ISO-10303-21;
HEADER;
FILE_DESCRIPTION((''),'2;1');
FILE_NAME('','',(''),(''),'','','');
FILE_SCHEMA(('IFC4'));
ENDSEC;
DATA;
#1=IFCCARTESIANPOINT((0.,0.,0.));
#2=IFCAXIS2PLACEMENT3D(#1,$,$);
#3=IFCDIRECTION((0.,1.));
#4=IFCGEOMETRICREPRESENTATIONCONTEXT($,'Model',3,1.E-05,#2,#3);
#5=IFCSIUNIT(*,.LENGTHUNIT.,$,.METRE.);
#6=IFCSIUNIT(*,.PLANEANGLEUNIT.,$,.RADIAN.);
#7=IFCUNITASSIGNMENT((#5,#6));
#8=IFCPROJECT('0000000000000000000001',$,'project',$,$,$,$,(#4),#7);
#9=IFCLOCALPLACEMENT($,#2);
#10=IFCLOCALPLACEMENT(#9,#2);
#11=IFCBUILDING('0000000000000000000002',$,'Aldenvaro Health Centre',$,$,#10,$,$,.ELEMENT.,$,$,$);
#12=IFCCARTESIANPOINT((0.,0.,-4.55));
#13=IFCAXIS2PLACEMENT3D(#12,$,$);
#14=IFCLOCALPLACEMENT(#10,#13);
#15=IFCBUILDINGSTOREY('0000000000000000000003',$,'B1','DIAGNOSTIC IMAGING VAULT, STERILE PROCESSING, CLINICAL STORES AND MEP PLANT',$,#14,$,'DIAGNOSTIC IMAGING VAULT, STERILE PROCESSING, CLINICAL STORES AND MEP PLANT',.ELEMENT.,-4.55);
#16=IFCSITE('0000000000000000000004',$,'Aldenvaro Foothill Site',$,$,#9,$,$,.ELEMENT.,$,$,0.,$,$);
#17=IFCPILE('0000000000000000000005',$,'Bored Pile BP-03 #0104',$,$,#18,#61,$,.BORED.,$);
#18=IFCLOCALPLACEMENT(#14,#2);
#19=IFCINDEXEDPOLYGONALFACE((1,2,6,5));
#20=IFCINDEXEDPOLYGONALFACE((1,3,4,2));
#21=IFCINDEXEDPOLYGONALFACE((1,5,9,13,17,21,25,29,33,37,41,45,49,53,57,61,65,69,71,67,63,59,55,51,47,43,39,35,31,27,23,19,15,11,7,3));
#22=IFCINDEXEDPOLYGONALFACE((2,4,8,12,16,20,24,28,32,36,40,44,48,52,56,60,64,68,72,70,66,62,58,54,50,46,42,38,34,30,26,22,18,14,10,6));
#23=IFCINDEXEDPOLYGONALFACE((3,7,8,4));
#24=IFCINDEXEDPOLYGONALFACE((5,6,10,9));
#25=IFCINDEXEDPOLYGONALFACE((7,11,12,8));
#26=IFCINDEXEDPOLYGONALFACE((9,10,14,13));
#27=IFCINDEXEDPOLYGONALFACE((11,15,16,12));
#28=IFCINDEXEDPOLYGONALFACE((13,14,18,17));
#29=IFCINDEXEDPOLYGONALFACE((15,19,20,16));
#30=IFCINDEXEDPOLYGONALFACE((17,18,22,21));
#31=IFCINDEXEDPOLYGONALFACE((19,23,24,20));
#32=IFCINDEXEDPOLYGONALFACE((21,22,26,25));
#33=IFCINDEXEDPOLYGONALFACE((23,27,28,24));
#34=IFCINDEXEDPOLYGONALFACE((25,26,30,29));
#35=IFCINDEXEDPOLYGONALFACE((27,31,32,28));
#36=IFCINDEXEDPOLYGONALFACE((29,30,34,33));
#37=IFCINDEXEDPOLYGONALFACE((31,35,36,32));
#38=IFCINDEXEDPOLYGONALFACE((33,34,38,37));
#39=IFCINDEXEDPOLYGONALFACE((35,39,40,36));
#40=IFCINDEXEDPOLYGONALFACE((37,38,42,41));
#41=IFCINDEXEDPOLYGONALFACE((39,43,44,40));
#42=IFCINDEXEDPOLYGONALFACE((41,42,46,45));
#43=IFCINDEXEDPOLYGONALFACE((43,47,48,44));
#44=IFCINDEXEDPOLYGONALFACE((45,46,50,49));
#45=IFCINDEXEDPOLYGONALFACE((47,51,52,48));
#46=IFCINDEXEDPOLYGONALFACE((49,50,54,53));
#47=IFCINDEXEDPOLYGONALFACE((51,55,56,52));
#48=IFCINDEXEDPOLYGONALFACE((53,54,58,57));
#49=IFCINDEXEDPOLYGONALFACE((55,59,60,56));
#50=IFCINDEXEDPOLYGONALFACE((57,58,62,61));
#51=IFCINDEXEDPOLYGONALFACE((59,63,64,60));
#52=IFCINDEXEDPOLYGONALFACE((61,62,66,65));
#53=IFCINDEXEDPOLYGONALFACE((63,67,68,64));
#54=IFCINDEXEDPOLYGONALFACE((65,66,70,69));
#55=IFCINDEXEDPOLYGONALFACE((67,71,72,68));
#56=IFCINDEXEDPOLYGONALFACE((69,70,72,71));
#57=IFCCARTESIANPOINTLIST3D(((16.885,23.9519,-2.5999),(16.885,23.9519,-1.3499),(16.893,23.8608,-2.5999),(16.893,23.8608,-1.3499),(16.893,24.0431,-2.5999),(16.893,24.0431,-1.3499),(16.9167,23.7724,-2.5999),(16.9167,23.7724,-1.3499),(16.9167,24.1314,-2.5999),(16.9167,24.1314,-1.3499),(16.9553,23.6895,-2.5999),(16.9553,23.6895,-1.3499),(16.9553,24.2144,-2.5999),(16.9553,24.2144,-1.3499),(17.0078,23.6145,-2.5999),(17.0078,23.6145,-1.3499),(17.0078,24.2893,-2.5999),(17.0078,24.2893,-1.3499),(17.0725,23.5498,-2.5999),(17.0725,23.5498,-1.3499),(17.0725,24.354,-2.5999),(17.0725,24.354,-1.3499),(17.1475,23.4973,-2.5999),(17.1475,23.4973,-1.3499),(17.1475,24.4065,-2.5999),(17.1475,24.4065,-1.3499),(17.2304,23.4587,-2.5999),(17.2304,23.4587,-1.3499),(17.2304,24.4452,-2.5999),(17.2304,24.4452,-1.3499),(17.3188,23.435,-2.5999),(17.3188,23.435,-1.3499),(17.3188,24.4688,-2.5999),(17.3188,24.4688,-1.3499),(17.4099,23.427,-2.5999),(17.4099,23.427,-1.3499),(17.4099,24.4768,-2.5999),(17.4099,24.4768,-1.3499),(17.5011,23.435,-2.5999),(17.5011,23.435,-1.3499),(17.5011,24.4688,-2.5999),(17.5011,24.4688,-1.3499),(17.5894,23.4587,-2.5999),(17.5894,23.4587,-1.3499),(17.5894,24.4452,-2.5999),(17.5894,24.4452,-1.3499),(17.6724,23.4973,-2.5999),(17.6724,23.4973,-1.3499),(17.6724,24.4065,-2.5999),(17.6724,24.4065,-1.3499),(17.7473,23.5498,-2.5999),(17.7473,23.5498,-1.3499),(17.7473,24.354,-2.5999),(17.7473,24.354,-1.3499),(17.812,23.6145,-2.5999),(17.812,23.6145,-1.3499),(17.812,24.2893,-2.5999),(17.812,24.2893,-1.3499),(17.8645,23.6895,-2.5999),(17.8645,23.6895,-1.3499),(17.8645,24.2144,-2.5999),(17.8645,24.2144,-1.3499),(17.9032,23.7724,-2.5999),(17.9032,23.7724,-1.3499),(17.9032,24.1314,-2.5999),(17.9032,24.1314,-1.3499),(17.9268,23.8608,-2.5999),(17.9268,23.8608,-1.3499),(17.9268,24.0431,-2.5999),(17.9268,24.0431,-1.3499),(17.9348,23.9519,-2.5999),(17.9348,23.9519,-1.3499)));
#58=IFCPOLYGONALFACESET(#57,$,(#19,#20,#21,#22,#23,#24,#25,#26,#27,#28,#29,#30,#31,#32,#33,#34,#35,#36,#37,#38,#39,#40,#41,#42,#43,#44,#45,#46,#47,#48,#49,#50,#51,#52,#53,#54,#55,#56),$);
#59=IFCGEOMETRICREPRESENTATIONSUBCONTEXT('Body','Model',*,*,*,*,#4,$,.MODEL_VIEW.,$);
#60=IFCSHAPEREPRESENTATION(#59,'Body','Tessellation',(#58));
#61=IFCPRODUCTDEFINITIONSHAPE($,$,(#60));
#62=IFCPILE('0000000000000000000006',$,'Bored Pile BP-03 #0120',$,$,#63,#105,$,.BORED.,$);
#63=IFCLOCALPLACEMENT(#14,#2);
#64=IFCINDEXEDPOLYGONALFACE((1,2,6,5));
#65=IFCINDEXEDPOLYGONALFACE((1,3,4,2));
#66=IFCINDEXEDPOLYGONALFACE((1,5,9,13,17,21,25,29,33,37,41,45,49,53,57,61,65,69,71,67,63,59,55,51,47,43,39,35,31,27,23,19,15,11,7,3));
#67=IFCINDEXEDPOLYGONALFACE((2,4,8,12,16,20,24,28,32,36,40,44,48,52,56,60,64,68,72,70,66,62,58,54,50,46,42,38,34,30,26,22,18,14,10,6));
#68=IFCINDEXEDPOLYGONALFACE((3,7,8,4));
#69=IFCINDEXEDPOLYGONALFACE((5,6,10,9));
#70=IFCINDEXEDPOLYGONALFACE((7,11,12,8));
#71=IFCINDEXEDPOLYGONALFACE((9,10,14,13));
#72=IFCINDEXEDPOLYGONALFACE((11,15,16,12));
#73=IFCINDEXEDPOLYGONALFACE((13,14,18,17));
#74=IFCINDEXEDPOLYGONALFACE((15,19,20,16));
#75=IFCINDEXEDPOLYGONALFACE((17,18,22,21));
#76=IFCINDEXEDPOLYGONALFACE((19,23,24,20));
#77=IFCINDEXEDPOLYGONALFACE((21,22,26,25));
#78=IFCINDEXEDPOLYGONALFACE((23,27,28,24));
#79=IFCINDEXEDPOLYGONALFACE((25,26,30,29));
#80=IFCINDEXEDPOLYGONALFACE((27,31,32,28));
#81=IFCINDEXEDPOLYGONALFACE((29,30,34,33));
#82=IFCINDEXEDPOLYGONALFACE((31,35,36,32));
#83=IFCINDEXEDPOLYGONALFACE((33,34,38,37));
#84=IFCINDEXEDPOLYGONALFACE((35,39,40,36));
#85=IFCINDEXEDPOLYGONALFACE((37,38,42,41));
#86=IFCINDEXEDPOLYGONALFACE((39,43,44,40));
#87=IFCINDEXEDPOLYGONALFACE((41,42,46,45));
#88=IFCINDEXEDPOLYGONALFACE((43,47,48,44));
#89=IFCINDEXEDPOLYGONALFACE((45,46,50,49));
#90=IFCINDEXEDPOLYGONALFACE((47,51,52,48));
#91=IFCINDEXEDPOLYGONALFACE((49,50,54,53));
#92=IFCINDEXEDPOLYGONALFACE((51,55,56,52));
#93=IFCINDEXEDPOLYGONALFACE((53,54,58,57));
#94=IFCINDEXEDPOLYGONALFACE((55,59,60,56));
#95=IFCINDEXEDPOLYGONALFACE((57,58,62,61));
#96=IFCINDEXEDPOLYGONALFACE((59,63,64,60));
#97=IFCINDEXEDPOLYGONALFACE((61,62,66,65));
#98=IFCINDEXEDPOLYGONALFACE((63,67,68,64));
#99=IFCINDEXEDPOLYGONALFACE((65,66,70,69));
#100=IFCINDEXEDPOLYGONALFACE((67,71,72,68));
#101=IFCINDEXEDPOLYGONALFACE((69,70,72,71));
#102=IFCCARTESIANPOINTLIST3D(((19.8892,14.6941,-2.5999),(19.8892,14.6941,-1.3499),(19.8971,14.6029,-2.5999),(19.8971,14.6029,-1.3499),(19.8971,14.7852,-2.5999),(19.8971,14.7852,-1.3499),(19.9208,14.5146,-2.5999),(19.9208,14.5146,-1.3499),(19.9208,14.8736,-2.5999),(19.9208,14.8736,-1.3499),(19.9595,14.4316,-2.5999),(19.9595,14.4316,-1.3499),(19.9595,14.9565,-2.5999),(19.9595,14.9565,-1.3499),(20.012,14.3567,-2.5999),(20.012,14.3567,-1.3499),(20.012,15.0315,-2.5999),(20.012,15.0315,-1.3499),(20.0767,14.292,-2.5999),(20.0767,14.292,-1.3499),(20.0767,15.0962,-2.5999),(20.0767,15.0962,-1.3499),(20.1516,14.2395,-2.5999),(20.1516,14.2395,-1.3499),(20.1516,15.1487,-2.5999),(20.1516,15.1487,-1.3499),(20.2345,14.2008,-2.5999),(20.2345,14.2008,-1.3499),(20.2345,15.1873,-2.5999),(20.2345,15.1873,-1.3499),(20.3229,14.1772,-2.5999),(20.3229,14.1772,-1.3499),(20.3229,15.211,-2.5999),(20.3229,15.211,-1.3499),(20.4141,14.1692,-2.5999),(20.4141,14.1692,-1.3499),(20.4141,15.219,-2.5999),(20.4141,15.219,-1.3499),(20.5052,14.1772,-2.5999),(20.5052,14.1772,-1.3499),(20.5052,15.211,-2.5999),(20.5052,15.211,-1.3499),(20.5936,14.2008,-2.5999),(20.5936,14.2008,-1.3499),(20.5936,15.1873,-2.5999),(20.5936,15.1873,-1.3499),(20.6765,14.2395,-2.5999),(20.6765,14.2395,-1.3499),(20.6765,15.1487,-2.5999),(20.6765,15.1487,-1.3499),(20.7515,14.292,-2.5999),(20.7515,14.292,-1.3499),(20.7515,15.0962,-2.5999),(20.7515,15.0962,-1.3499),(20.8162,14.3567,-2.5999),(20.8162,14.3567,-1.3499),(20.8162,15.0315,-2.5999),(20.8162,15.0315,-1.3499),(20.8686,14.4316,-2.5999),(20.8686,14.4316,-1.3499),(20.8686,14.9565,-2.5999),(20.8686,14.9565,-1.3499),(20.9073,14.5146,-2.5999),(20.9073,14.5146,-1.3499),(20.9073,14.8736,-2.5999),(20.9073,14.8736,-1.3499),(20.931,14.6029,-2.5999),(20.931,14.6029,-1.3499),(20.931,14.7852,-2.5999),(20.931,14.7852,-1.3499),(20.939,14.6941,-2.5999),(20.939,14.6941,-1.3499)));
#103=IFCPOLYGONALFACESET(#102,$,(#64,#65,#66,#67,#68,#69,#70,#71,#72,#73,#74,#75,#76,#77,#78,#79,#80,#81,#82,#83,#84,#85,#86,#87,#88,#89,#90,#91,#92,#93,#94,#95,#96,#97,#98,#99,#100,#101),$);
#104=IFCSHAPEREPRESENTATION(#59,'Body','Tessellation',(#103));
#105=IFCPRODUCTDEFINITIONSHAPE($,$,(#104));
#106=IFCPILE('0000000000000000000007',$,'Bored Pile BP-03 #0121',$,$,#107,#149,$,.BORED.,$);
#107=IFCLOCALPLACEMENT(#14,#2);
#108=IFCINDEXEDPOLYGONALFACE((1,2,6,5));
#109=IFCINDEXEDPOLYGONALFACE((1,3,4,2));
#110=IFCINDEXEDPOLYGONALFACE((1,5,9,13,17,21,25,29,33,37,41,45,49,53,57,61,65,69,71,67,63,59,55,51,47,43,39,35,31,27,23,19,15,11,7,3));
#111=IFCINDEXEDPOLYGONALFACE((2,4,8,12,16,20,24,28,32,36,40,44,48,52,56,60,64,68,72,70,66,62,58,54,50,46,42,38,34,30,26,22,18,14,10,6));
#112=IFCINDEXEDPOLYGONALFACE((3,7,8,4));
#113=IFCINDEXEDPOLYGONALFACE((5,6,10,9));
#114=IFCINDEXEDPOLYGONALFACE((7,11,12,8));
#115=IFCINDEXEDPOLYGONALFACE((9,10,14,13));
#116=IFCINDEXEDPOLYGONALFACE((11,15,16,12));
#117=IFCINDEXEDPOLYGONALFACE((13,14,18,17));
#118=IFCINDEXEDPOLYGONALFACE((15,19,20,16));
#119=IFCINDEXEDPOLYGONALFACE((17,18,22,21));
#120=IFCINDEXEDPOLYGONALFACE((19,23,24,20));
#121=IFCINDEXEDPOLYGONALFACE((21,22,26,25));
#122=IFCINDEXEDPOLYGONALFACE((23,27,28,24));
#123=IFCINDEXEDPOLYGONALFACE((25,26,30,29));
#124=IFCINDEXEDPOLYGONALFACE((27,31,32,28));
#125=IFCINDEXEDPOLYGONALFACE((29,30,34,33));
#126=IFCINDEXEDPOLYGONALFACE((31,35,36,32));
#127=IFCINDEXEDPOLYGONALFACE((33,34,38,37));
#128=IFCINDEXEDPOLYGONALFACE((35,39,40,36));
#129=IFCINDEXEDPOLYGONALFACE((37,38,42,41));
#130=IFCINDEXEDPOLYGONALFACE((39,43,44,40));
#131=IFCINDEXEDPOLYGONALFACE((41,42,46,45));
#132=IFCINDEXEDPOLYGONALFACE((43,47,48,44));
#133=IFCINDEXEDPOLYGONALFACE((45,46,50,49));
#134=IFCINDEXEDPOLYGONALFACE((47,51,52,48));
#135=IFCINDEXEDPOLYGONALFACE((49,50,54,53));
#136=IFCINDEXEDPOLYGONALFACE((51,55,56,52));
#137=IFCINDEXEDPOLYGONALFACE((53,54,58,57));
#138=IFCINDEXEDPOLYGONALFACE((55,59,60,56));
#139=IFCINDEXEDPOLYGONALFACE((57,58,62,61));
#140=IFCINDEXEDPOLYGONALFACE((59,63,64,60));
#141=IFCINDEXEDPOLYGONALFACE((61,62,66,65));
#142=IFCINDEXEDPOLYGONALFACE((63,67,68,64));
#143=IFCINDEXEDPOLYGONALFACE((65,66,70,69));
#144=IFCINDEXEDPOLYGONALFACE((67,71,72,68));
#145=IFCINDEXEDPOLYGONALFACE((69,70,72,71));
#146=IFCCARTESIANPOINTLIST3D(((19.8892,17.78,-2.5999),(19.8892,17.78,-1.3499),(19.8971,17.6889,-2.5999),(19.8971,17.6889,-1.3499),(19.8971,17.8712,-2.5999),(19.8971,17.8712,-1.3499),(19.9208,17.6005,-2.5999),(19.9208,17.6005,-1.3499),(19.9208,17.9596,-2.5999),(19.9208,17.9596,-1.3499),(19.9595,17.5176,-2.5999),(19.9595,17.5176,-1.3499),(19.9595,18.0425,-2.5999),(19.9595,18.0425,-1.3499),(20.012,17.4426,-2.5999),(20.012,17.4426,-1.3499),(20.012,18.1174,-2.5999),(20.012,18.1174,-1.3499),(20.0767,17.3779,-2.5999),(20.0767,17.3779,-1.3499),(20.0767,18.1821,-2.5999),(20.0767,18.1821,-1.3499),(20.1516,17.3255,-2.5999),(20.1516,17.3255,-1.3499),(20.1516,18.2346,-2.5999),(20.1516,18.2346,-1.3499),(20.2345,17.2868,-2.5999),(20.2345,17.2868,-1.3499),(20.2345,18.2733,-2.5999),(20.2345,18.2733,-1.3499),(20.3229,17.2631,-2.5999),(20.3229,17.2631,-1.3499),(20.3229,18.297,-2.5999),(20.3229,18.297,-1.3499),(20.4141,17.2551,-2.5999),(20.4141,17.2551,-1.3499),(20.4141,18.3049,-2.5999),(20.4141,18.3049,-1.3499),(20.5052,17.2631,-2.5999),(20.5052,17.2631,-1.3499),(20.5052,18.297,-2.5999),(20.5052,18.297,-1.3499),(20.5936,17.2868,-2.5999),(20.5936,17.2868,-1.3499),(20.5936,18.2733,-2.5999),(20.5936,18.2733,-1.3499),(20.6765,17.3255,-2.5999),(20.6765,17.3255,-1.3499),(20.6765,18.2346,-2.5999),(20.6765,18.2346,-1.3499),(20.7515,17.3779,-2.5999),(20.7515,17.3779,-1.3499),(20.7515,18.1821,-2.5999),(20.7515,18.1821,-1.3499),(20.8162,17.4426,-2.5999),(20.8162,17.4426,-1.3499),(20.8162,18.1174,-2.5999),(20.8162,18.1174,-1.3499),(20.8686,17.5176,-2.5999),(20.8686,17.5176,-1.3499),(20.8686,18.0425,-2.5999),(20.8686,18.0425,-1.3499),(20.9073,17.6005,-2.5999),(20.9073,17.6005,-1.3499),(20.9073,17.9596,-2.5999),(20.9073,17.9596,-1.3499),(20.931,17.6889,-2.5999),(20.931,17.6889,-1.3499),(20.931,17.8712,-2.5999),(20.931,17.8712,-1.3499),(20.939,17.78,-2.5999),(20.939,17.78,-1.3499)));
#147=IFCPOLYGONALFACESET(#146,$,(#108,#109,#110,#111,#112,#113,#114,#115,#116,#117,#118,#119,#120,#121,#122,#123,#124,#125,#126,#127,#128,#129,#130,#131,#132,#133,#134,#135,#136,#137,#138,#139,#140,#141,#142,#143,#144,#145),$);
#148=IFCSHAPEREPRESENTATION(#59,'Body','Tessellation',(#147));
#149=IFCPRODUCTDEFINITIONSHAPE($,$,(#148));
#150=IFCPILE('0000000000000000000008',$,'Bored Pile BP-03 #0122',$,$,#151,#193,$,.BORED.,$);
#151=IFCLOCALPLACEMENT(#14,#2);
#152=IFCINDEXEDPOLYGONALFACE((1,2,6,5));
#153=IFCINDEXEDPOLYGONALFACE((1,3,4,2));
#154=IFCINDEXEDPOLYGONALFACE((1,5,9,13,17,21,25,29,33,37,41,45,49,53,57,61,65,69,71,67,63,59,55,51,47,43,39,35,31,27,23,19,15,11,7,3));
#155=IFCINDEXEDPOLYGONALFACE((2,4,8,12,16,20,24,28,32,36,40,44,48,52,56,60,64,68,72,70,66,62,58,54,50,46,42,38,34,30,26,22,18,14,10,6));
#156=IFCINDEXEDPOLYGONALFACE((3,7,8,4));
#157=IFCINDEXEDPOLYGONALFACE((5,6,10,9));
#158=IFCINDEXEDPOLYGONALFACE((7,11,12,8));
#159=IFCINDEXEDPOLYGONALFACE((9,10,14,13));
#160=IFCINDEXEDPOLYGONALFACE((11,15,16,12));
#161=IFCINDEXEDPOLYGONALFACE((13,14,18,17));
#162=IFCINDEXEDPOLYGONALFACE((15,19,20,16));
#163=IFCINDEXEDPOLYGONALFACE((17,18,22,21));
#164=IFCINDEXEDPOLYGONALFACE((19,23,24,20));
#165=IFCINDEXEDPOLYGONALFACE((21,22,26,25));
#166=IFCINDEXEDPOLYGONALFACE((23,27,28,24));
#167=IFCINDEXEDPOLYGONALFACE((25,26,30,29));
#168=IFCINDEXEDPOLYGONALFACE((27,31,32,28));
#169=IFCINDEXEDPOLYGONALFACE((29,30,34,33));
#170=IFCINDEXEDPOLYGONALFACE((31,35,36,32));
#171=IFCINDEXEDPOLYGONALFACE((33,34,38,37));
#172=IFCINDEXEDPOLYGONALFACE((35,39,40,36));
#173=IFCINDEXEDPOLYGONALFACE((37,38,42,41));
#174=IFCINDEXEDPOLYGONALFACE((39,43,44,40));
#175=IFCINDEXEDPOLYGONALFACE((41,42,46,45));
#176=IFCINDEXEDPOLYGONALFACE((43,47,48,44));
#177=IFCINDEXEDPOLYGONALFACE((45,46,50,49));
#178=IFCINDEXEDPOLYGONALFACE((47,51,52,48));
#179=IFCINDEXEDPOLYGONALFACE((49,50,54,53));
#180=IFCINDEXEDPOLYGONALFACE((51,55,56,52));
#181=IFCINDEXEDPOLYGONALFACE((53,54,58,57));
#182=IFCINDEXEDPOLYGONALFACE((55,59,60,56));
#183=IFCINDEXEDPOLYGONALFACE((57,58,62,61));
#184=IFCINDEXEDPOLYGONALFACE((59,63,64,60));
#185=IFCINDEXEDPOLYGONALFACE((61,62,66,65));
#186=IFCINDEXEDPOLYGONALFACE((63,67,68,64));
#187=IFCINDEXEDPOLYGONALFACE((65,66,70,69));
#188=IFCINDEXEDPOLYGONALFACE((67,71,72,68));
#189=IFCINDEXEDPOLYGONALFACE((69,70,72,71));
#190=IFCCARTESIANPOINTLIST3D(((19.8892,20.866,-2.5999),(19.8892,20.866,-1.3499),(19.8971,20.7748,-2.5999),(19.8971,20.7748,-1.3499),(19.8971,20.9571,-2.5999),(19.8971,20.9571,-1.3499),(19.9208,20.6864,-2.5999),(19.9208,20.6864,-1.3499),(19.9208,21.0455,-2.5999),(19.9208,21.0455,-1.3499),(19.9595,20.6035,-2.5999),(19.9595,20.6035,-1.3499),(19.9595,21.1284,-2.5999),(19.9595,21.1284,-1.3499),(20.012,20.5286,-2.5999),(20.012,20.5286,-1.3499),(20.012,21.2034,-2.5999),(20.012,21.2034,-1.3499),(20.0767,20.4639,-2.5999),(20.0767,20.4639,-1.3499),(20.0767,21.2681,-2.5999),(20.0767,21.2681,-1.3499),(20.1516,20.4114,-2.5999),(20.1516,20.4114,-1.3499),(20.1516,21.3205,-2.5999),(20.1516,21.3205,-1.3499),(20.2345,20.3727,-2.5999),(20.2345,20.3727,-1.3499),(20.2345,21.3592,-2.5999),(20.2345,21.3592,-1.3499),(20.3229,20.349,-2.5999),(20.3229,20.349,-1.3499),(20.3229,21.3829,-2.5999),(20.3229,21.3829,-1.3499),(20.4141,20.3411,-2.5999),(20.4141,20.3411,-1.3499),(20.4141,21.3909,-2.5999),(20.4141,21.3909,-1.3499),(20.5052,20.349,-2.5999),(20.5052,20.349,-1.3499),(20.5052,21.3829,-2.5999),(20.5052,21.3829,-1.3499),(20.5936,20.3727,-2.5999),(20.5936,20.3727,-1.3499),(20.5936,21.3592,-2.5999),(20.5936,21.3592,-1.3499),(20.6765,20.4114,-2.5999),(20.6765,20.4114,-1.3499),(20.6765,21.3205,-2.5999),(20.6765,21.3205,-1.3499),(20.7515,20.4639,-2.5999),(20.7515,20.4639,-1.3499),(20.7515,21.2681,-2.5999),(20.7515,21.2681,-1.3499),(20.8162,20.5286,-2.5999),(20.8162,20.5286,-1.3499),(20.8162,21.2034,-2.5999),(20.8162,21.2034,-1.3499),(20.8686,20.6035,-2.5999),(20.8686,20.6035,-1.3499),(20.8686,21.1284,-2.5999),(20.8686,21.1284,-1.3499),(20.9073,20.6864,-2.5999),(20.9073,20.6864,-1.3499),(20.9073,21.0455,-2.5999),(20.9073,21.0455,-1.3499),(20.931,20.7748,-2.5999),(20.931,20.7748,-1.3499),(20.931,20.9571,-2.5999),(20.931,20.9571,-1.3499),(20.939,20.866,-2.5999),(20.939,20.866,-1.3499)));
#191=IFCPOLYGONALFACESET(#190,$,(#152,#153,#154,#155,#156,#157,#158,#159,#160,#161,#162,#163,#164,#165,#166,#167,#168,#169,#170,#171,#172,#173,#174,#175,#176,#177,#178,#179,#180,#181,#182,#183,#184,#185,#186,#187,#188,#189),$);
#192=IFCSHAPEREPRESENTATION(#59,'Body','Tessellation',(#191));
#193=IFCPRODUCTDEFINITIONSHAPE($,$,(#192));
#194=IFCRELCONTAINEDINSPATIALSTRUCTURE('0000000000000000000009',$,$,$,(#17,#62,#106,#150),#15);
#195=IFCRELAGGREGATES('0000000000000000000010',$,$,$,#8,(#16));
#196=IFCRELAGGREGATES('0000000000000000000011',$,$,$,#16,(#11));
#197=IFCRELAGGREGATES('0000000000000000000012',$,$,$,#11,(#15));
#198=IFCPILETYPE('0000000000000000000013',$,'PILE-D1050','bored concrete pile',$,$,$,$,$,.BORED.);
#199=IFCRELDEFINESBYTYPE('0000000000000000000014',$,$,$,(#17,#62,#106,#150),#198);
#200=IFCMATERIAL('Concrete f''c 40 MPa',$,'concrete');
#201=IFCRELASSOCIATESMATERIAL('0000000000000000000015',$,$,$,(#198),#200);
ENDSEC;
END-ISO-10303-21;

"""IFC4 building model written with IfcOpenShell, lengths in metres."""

from ifc_helpers import new_model, si_unit, direction, frame, origin, origin_2d, place, context, subcontext, project, spatial, circle, extrude, material, material_profile, profile_set, type_object, element, save


model = new_model("IFC4")

# Units and contexts
model_context = context("Model", 3, precision=1e-05, world=origin(), true_north=direction((0.0, 1.0)))
body_context = subcontext(model_context, "Body", "Model", "MODEL_VIEW")
ifc_project = project(units=[si_unit("LENGTHUNIT", "METRE"), si_unit("PLANEANGLEUNIT", "RADIAN")], contexts=[model_context])

# Site, building, storey
site_placement = place(None, origin())
site = spatial("IfcSite", under=ifc_project, at=site_placement, Name="Aldenvaro Foothill Site", CompositionType="ELEMENT", RefElevation=0.0)
building_placement = place(site_placement, origin())
building = spatial("IfcBuilding", under=site, at=building_placement, Name="Aldenvaro Health Centre", CompositionType="ELEMENT")
storey_placement = place(building_placement, frame((0.0, 0.0, -4.55)))
storey = spatial("IfcBuildingStorey", under=building, at=storey_placement, Name="B1", Description="DIAGNOSTIC IMAGING VAULT, STERILE PROCESSING, CLINICAL STORES AND MEP PLANT", LongName="DIAGNOSTIC IMAGING VAULT, STERILE PROCESSING, CLINICAL STORES AND MEP PLANT", CompositionType="ELEMENT", Elevation=-4.55)

# Piles
ifc_material_1 = material(Name="Concrete f'c 40 MPa", Category="concrete")
ifc_material_profile_1 = material_profile(ifc_material_1, circle(Radius=0.5249, at=origin_2d()), Name="PILE D1050", Category="concrete")
ifc_profile_set_1 = profile_set([ifc_material_profile_1], Name="Concrete f'c 40 MPa")
pile_type = type_object("IfcPileType", Name="PILE-D1050", Description="bored concrete pile", PredefinedType="BORED", material=ifc_profile_set_1)
for number, where, z_axis, x_axis, name in (
    (1, (17.4099, 23.9519, -1.3499), (0.0, 0.0, -1.0), (1.0, 0.0, 0.0), "Bored Pile BP-03 #0104"),
    (2, (20.4141, 14.6941, -1.3499), (0.0, 0.0, -1.0), (1.0, 0.0, 0.0), "Bored Pile BP-03 #0120"),
    (3, (20.4141, 17.78, -1.3499), (0.0, 0.0, -1.0), (1.0, 0.0, 0.0), "Bored Pile BP-03 #0121"),
    (4, (20.4141, 20.866, -1.3499), (0.0, 0.0, -1.0), (1.0, 0.0, 0.0), "Bored Pile BP-03 #0122"),
):
    element("IfcPile", number, at=place(storey_placement, frame(where, z_axis=z_axis, x_axis=x_axis)), inside=storey, type_object=pile_type, Name=name, PredefinedType="BORED", context=body_context, shape_type="SweptSolid", body=[
        extrude(circle(Radius=0.5249, at=origin_2d()), origin(), (0.0, 0.0, 1.0), 1.25),
    ])

save(model, "model.ifc")
